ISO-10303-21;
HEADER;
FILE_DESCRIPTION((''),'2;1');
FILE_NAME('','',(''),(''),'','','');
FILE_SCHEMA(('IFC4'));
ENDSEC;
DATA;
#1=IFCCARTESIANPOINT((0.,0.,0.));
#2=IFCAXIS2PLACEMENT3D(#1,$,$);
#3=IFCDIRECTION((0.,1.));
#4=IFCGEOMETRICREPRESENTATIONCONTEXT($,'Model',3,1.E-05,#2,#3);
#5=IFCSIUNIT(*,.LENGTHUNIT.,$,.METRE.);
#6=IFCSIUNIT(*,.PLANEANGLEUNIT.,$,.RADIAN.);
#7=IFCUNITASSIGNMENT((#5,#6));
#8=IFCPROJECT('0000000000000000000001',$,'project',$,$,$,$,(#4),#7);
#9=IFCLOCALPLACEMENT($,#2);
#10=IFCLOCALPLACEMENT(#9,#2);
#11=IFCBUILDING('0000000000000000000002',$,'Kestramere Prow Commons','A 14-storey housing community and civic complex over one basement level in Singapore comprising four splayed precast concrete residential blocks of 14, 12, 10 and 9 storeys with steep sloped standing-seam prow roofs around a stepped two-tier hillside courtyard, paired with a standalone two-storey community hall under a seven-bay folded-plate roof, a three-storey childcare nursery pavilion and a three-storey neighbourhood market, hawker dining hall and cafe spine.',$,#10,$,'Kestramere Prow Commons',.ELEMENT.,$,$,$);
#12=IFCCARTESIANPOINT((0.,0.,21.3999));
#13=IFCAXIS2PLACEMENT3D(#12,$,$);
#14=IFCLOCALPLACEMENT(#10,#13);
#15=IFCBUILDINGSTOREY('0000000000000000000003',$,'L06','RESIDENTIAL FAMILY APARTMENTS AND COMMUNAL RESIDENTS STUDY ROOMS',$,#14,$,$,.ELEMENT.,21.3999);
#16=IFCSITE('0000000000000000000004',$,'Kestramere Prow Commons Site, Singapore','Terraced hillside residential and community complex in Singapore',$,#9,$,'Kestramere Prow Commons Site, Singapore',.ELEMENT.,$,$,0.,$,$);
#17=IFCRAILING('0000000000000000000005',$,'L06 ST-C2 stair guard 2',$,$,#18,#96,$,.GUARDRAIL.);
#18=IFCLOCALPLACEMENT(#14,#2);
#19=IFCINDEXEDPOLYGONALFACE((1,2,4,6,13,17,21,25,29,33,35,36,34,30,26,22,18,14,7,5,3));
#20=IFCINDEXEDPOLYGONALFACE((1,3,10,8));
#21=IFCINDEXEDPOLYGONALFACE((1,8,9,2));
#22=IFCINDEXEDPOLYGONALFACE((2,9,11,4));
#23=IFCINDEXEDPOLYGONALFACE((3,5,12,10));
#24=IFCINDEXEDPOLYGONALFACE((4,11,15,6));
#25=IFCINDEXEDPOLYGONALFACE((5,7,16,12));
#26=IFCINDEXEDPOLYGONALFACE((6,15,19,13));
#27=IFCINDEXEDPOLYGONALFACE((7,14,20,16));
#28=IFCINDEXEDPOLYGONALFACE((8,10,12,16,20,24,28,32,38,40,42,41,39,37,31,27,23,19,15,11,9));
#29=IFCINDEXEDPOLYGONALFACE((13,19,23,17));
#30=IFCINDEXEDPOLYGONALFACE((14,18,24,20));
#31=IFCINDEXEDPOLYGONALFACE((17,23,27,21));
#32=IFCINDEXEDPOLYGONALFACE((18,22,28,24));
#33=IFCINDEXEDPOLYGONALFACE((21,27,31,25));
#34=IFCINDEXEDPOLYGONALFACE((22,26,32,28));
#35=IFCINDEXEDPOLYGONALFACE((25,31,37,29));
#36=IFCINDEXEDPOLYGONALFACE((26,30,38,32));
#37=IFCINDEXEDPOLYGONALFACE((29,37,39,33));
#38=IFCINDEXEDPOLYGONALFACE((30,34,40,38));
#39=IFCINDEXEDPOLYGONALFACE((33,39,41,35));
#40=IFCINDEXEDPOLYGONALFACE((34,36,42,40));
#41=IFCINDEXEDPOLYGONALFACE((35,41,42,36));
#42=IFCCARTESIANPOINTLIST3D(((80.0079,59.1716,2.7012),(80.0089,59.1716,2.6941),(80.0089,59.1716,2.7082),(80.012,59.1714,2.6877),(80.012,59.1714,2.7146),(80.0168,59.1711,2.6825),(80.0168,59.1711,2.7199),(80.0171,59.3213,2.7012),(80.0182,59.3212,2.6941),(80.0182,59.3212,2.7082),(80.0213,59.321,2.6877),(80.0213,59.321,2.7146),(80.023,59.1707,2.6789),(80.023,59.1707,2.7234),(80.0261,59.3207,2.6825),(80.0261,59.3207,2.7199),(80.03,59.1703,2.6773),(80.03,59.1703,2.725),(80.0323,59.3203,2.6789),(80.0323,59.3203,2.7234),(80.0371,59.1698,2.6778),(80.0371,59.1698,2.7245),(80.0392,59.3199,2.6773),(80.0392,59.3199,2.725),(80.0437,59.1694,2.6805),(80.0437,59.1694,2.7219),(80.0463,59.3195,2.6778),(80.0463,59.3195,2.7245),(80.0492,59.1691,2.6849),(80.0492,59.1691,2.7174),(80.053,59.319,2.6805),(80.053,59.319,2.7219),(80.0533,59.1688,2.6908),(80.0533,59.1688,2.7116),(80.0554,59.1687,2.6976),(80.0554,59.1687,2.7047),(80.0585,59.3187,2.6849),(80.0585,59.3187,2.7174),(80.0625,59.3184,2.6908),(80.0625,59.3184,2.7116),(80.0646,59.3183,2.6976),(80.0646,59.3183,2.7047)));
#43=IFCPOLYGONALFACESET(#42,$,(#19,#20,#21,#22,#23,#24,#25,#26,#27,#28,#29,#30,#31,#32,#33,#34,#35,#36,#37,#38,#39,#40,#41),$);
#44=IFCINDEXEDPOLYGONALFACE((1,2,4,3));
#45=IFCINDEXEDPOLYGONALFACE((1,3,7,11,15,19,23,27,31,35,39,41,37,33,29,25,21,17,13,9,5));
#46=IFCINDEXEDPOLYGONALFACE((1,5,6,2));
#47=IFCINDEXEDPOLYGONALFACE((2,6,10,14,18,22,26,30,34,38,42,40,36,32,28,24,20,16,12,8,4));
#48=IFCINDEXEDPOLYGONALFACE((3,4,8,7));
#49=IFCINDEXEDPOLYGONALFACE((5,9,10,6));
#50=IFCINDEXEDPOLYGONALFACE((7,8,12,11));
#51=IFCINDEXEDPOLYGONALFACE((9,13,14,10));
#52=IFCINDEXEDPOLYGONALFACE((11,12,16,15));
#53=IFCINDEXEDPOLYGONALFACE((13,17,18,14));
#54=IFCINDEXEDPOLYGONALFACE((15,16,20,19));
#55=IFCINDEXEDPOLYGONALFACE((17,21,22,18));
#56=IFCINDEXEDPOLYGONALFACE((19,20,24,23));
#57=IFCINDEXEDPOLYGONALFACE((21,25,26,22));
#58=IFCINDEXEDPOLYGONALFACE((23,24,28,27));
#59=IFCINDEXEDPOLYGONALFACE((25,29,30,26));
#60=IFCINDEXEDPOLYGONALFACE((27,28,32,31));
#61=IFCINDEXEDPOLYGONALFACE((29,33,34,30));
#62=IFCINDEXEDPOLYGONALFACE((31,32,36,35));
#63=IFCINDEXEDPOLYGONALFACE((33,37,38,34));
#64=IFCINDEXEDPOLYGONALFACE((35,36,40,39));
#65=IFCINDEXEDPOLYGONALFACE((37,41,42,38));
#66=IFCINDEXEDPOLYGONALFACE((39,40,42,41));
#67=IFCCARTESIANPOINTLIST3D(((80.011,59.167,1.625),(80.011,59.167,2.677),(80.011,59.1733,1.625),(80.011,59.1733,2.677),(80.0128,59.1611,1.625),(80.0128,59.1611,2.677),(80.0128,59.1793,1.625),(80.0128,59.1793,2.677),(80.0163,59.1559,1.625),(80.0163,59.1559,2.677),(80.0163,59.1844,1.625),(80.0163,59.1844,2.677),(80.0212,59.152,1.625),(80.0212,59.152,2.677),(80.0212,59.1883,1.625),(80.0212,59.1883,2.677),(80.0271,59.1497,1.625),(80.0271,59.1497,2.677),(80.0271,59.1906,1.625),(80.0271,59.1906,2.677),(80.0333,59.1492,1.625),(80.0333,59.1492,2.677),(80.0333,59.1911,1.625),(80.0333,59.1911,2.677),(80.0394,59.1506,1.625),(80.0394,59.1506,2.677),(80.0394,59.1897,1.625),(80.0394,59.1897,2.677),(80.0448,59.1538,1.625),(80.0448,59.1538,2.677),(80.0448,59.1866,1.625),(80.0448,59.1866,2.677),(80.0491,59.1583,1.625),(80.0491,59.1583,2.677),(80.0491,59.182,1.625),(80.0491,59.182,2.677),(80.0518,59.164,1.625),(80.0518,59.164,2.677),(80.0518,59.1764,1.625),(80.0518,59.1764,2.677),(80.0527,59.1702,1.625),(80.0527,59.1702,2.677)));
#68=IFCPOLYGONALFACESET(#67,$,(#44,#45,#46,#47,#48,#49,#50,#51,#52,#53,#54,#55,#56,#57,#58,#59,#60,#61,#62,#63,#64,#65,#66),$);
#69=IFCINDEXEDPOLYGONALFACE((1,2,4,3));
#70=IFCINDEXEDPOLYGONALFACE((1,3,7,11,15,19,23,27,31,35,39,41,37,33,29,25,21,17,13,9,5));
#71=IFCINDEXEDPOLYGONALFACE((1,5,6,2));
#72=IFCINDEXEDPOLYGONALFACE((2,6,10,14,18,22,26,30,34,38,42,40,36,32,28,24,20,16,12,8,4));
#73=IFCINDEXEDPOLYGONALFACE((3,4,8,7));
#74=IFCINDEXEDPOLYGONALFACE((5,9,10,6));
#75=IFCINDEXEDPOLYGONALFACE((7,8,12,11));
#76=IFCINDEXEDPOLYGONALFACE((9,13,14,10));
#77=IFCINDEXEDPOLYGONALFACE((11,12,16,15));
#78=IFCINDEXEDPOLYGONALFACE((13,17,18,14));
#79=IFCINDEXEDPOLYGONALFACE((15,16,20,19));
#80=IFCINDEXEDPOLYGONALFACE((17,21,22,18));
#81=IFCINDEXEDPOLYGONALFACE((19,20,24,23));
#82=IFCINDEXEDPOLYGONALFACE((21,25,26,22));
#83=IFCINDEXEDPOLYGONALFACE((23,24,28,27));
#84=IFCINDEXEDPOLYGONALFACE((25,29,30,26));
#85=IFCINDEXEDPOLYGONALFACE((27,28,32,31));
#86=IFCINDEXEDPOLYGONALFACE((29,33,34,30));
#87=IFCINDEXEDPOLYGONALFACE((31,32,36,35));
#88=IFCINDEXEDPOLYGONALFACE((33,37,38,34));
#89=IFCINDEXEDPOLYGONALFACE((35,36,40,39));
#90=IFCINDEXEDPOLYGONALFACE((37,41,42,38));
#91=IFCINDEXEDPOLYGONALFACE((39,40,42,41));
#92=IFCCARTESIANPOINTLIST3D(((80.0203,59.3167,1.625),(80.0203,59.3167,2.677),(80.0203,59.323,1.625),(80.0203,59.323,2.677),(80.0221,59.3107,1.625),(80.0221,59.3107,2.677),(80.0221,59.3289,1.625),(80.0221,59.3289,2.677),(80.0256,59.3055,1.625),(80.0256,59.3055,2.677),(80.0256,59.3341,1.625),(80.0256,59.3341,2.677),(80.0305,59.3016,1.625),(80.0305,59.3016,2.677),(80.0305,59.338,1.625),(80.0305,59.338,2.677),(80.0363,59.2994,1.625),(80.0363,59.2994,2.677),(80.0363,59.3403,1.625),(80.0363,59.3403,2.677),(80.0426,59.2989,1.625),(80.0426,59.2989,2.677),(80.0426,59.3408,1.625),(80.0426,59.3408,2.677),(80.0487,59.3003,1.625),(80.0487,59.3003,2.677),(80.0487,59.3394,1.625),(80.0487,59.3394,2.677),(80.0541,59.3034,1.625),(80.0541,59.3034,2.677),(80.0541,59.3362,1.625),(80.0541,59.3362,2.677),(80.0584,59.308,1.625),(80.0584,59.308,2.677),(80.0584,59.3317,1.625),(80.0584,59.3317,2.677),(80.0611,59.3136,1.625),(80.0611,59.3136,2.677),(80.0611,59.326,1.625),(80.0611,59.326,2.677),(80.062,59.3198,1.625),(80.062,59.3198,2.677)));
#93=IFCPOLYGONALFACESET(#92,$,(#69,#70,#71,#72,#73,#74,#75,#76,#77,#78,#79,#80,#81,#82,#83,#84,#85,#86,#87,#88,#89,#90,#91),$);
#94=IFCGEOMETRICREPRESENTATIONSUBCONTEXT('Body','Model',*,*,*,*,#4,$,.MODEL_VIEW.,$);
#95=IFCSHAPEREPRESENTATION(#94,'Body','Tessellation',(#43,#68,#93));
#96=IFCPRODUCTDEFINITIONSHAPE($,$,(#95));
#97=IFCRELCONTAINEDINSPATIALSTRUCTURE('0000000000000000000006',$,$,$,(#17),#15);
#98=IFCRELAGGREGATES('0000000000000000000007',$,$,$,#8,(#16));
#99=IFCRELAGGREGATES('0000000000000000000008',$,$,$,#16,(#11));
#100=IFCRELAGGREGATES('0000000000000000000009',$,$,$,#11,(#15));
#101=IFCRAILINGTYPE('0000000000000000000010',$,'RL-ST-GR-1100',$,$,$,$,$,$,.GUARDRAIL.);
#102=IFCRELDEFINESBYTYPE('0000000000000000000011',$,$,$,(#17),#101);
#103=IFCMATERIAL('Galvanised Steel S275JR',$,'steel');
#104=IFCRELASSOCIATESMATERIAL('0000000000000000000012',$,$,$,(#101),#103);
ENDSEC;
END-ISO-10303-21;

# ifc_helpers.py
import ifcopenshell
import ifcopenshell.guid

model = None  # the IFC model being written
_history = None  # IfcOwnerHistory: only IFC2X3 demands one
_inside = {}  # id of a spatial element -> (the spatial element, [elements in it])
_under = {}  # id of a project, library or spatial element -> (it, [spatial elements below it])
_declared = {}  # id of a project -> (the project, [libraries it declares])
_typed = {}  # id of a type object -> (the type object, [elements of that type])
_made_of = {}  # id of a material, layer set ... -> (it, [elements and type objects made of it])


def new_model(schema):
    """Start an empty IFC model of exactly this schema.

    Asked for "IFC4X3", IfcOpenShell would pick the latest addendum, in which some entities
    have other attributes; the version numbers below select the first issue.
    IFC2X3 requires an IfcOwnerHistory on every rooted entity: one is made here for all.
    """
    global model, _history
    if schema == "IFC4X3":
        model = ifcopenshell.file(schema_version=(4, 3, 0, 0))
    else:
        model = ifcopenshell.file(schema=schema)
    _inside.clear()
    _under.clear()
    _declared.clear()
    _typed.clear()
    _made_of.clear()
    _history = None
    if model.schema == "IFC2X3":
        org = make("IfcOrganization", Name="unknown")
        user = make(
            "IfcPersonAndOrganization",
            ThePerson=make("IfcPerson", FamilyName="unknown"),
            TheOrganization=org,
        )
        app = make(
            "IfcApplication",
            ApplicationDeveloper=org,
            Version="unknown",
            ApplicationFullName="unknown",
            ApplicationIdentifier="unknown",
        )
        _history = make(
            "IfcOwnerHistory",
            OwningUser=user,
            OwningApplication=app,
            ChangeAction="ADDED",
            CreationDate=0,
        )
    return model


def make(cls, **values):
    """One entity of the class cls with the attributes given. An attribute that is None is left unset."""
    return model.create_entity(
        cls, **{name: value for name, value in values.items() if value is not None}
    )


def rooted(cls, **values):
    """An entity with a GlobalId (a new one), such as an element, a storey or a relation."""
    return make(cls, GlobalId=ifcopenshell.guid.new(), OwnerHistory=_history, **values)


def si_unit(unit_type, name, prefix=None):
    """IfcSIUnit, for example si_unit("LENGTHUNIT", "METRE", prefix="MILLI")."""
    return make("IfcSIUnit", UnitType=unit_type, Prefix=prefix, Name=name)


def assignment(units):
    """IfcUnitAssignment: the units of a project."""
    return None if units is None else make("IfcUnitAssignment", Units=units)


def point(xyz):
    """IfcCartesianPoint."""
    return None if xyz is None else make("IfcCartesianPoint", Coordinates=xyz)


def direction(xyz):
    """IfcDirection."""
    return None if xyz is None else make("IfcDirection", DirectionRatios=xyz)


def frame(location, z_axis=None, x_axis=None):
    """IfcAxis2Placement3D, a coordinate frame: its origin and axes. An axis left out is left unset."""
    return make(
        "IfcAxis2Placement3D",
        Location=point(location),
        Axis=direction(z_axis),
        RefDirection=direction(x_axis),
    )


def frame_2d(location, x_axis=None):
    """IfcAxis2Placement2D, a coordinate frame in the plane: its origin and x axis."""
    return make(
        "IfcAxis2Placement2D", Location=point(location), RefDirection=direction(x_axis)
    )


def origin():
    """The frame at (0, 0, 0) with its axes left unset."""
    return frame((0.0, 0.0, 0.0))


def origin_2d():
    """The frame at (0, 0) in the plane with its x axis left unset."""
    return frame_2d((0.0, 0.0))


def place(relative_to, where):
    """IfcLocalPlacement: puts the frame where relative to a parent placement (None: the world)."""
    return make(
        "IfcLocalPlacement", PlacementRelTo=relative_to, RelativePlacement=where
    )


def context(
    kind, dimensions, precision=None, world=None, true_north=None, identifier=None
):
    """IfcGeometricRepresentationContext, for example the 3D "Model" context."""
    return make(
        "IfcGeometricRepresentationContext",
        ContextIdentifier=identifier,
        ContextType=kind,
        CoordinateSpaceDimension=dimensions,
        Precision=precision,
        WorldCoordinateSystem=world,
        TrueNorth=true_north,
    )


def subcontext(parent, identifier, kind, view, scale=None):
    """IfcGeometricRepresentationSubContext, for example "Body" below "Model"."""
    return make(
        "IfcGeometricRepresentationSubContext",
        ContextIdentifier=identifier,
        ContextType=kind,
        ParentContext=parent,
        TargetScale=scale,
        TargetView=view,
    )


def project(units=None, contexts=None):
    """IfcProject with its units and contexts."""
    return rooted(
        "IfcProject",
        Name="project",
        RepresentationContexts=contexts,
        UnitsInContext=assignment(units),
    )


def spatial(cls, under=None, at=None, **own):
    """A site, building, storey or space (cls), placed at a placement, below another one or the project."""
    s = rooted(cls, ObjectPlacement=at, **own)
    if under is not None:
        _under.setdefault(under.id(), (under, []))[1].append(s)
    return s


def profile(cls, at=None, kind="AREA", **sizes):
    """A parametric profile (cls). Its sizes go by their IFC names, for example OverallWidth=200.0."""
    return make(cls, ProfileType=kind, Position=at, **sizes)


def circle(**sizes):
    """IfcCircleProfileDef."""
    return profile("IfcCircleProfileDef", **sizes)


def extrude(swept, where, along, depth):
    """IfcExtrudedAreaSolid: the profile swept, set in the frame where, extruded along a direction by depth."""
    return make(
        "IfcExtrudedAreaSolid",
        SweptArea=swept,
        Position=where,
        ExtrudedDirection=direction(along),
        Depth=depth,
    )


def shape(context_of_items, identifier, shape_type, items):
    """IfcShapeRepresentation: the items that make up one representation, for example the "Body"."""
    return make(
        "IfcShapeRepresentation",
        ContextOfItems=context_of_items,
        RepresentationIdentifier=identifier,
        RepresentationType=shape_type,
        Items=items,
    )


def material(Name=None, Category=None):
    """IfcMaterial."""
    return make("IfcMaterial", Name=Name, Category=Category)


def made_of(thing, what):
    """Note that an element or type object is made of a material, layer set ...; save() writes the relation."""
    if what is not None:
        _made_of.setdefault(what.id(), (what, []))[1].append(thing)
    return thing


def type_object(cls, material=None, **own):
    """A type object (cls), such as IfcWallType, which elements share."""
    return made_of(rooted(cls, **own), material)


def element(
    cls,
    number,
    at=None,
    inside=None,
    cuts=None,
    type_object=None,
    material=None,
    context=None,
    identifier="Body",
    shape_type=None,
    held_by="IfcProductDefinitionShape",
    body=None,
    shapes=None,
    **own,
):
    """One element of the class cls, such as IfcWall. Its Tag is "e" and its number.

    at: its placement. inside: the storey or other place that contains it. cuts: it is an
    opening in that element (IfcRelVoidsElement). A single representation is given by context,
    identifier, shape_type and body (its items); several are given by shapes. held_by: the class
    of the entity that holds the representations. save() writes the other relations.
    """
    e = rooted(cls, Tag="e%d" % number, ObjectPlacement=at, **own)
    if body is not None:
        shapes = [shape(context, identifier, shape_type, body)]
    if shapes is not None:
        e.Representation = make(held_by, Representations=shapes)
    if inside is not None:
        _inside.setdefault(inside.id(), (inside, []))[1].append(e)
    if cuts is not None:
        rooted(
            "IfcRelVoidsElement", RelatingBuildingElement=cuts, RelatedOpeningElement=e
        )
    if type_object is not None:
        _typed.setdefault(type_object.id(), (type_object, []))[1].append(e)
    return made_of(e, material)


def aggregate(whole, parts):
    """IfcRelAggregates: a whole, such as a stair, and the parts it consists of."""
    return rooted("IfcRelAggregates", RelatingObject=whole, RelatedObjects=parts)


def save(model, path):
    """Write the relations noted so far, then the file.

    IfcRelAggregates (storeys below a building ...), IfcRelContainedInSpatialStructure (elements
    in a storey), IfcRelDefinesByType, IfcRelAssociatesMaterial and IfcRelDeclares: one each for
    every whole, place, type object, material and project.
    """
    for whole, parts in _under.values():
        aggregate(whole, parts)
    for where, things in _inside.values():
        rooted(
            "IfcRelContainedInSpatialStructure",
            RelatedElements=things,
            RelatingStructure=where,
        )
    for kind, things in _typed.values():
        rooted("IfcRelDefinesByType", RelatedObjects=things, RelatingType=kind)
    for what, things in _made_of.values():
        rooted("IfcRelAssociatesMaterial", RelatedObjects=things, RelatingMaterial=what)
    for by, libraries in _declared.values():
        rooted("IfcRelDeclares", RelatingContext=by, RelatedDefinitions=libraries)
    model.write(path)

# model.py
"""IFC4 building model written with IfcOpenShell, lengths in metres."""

from ifc_helpers import new_model, si_unit, direction, frame, origin, origin_2d, place, context, subcontext, project, spatial, circle, extrude, material, type_object, element, save


model = new_model("IFC4")

# Units and contexts
model_context = context("Model", 3, precision=1e-05, world=origin(), true_north=direction((0.0, 1.0)))
body_context = subcontext(model_context, "Body", "Model", "MODEL_VIEW")
ifc_project = project(units=[si_unit("LENGTHUNIT", "METRE"), si_unit("PLANEANGLEUNIT", "RADIAN")], contexts=[model_context])

# Site, building, storey
site_placement = place(None, origin())
site = spatial("IfcSite", under=ifc_project, at=site_placement, Name="Kestramere Prow Commons Site, Singapore", Description="Terraced hillside residential and community complex in Singapore", LongName="Kestramere Prow Commons Site, Singapore", CompositionType="ELEMENT", RefElevation=0.0)
building_placement = place(site_placement, origin())
building = spatial("IfcBuilding", under=site, at=building_placement, Name="Kestramere Prow Commons", Description="A 14-storey housing community and civic complex over one basement level in Singapore comprising four splayed precast concrete residential blocks of 14, 12, 10 and 9 storeys with steep sloped standing-seam prow roofs around a stepped two-tier hillside courtyard, paired with a standalone two-storey community hall under a seven-bay folded-plate roof, a three-storey childcare nursery pavilion and a three-storey neighbourhood market, hawker dining hall and cafe spine.", LongName="Kestramere Prow Commons", CompositionType="ELEMENT")
storey_placement = place(building_placement, frame((0.0, 0.0, 21.3999)))
storey = spatial("IfcBuildingStorey", under=building, at=storey_placement, Name="L06", Description="RESIDENTIAL FAMILY APARTMENTS AND COMMUNAL RESIDENTS STUDY ROOMS", CompositionType="ELEMENT", Elevation=21.3999)

# Railing
ifc_material_1 = material(Name="Galvanised Steel S275JR", Category="steel")
railing_type_1 = type_object("IfcRailingType", Name="RL-ST-GR-1100", PredefinedType="GUARDRAIL", material=ifc_material_1)
railing_1_placement = place(storey_placement, frame((80.0317, 59.1702, 1.625)))
element("IfcRailing", 1, at=railing_1_placement, inside=storey, type_object=railing_type_1, Name="L06 ST-C2 stair guard 2", PredefinedType="GUARDRAIL", context=body_context, shape_type="SweptSolid", body=[
    extrude(circle(Radius=0.0239, at=origin_2d()), frame((0.0, 0.0, 1.0762), z_axis=(0.061871, 0.998084, 0.0), x_axis=(-0.998084, 0.061871, 0.0)), (0.0, 0.0, 1.0), 0.1499),
    extrude(circle(Radius=0.021, at=origin_2d()), origin(), (0.0, 0.0, 1.0), 1.052),
    extrude(circle(Radius=0.021, at=origin_2d()), frame((0.0093, 0.1497, 0.0)), (0.0, 0.0, 1.0), 1.052),
])

save(model, "model.ifc")
